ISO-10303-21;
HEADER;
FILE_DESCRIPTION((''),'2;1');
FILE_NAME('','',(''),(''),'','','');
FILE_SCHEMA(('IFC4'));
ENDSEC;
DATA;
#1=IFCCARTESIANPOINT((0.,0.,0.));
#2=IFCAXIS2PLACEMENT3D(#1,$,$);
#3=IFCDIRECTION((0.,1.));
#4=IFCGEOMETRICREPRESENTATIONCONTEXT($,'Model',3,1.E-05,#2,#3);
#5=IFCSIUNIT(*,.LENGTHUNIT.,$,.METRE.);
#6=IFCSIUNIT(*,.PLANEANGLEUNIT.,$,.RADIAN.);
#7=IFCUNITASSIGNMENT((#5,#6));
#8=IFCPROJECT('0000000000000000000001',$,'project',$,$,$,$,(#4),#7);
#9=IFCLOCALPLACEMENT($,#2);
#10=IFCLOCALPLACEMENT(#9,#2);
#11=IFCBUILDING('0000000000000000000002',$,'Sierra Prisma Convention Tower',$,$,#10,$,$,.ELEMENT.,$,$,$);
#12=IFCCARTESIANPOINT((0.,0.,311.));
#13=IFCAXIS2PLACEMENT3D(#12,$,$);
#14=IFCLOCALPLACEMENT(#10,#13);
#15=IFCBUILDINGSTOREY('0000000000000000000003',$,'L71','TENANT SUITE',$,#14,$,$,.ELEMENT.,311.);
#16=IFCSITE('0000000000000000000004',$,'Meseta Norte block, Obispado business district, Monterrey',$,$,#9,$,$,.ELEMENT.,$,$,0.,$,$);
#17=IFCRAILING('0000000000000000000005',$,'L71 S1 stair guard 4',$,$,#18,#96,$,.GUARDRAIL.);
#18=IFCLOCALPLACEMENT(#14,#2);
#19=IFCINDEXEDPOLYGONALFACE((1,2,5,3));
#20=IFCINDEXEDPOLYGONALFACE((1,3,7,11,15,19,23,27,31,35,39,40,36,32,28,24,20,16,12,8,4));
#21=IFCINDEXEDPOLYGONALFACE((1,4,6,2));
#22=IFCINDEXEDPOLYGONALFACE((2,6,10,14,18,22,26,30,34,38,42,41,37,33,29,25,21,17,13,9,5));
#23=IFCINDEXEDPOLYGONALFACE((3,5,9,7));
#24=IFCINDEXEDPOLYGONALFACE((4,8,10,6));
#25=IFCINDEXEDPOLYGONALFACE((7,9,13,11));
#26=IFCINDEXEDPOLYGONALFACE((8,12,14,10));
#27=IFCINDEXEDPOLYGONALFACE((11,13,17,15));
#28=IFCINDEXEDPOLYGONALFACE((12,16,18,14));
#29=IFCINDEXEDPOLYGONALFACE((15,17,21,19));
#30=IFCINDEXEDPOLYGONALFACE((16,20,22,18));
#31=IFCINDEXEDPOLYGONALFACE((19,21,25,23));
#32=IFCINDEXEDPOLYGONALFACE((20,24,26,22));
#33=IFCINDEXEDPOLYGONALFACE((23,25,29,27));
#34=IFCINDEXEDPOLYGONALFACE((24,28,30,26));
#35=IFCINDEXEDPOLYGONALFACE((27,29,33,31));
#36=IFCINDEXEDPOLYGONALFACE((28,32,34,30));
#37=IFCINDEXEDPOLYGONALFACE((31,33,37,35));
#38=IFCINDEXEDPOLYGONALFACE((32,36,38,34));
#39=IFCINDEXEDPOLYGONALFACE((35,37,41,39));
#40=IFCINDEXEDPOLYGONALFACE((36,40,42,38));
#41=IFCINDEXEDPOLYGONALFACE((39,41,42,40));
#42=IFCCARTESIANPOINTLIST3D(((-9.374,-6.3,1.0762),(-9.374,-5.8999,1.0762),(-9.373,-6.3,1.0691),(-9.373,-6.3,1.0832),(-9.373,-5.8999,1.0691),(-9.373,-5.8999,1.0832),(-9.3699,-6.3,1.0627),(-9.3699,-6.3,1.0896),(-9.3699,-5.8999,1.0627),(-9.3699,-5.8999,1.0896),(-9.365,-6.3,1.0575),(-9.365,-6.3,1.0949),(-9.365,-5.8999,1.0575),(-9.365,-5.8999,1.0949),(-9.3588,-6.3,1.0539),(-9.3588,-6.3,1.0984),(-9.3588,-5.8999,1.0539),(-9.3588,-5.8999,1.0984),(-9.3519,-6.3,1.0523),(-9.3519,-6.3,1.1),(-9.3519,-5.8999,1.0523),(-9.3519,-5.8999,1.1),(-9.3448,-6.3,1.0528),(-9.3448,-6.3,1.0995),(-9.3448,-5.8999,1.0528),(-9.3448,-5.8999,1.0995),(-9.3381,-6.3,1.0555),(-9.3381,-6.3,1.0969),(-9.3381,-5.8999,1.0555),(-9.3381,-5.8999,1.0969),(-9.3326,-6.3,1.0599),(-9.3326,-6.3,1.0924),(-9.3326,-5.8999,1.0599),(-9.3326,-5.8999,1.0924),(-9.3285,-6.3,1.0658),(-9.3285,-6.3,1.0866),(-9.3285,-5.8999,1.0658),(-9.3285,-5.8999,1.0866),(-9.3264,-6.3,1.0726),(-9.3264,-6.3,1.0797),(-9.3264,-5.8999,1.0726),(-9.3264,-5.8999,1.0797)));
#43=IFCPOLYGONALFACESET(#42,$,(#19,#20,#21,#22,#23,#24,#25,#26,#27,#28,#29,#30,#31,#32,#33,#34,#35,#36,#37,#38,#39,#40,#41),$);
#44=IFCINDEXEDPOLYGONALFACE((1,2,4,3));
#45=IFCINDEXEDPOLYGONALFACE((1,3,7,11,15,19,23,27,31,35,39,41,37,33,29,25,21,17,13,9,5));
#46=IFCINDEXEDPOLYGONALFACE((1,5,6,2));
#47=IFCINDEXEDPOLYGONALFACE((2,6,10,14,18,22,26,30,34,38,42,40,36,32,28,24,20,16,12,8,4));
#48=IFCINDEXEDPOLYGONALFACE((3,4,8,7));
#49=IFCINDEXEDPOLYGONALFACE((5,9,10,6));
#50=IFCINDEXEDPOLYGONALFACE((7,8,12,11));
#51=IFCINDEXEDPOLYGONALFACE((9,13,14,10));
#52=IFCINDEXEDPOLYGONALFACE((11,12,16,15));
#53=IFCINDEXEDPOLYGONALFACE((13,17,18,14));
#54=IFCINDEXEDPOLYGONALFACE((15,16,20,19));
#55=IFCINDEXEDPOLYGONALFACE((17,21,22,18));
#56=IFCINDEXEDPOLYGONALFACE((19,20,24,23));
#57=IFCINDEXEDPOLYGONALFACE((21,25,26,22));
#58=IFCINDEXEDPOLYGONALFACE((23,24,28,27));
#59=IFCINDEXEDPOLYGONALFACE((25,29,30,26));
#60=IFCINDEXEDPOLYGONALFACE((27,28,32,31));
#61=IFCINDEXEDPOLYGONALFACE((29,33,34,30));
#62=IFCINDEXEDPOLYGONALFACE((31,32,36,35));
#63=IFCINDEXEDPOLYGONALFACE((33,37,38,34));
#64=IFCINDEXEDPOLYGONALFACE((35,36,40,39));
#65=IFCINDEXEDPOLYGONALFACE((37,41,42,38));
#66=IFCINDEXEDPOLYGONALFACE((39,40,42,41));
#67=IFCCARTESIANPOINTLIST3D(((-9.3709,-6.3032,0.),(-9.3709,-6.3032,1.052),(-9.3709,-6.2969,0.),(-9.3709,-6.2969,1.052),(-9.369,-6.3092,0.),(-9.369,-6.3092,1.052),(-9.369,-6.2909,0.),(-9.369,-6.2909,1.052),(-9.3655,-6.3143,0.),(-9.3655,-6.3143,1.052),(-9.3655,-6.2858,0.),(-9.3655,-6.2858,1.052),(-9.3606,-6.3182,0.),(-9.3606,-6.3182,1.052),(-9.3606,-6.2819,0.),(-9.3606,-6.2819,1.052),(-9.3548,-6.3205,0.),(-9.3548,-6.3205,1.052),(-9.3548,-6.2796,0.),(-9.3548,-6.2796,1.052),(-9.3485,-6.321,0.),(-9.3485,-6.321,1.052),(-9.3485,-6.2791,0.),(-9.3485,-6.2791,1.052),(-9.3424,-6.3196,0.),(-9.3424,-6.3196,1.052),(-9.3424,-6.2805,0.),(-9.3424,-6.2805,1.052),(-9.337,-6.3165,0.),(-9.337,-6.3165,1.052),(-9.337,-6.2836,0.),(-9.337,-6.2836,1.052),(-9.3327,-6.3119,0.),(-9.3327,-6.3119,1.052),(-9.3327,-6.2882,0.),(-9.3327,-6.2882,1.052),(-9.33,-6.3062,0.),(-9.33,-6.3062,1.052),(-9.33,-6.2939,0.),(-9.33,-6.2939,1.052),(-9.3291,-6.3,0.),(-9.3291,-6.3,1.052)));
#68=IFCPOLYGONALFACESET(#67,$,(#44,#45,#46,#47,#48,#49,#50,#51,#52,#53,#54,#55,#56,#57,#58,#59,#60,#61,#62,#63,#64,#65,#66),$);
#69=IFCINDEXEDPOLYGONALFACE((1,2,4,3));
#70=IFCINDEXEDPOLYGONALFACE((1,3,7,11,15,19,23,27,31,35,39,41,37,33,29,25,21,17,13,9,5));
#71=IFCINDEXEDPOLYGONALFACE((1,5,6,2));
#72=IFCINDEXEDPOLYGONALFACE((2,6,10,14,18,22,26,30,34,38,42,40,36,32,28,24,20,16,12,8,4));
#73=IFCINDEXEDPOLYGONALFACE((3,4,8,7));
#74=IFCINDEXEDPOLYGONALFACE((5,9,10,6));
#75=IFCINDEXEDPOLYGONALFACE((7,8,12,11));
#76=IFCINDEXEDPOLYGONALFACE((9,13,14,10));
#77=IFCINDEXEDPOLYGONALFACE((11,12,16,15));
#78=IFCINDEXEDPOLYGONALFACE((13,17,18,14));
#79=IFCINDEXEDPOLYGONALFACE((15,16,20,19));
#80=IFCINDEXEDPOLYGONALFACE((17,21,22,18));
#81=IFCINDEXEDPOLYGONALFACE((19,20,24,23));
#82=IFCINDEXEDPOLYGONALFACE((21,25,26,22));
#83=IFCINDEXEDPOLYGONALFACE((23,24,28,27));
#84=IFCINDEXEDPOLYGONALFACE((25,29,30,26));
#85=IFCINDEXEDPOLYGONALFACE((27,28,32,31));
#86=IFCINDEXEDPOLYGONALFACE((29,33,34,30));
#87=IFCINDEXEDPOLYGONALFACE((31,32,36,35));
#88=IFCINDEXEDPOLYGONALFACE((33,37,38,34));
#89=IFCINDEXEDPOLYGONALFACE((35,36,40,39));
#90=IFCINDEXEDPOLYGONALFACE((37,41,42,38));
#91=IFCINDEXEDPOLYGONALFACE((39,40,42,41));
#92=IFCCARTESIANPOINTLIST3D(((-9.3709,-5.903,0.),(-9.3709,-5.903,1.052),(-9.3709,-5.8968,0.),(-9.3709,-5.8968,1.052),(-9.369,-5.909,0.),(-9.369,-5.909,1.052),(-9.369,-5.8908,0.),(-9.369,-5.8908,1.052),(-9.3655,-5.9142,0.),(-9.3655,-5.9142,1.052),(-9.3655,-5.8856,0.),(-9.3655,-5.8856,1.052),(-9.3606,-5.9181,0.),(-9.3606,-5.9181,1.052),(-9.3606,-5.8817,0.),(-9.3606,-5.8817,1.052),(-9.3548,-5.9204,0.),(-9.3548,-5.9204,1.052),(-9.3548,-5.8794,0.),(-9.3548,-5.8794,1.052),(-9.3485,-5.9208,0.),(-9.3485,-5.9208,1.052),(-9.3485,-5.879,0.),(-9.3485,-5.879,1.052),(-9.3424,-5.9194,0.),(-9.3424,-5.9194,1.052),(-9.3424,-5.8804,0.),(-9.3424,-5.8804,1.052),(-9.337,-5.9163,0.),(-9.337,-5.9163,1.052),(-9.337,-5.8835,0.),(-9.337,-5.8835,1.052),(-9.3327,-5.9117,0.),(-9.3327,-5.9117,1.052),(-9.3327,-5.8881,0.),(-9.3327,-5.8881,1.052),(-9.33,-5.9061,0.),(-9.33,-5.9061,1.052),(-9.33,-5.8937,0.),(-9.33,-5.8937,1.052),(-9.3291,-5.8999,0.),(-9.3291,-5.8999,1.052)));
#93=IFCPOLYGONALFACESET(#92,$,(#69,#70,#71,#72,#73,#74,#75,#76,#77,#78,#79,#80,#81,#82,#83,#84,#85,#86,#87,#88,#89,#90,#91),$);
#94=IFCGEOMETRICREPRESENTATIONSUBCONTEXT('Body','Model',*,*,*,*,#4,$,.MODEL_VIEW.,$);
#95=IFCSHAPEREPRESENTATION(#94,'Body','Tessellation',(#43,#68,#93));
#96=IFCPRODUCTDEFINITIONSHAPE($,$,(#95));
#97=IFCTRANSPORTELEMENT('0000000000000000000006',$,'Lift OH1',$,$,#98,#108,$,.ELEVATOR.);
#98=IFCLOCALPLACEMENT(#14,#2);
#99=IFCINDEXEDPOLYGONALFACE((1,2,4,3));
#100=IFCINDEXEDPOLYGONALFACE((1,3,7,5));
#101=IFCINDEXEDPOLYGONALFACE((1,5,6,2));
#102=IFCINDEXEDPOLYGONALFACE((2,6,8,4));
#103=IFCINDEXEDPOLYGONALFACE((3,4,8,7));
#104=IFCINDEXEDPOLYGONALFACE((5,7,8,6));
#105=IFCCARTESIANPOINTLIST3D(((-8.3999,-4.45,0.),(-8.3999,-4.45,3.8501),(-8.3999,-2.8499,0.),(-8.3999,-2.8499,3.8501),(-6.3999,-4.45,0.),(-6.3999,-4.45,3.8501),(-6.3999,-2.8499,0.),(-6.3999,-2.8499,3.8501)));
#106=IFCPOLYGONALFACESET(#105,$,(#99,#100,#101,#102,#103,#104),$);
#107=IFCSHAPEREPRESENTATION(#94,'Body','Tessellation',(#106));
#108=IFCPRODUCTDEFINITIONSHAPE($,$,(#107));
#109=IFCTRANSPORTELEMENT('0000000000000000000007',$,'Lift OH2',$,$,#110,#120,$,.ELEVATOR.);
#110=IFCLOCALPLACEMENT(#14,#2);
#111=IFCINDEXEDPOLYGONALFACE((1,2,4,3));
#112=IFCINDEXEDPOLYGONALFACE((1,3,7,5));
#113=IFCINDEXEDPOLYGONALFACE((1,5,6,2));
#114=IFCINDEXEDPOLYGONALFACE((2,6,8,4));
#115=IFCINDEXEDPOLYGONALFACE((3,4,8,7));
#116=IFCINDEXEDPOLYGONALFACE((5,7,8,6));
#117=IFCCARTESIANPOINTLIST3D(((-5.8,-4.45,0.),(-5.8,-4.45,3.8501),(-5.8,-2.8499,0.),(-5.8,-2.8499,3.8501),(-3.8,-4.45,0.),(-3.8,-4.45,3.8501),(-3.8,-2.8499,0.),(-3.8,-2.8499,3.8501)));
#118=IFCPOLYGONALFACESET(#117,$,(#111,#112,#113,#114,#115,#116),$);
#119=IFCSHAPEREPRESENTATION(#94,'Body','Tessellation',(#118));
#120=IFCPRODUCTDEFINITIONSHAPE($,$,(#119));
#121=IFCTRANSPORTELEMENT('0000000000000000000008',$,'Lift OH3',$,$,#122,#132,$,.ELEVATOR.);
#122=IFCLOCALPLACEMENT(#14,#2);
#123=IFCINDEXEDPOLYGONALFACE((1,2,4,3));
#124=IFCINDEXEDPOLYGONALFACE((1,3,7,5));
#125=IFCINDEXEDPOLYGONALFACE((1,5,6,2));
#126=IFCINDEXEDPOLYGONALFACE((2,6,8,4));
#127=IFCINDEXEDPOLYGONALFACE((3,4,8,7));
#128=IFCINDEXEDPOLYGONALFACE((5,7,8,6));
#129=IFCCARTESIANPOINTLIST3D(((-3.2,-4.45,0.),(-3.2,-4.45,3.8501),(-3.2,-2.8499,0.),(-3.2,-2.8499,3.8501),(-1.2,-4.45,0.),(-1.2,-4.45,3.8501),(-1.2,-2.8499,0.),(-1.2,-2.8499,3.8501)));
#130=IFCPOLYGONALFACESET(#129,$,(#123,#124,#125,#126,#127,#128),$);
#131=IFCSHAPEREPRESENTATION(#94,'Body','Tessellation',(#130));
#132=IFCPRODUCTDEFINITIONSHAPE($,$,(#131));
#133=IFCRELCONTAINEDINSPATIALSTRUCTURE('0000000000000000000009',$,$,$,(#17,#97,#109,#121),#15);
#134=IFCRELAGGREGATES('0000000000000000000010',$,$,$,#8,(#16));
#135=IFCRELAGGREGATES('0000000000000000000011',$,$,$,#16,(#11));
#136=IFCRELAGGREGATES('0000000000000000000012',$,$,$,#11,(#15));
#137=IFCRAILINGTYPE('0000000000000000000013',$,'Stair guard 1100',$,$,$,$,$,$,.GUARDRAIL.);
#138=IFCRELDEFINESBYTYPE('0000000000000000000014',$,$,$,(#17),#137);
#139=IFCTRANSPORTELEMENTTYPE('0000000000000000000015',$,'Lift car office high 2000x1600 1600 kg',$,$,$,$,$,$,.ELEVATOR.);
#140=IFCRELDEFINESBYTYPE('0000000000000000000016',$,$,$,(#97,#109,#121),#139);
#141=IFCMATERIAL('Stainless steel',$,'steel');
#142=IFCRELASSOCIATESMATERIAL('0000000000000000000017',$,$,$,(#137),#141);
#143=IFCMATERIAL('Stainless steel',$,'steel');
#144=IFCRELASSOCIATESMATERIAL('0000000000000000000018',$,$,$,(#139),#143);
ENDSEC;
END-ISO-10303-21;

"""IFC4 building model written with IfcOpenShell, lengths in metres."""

from ifc_helpers import new_model, si_unit, direction, frame, origin, origin_2d, place, context, subcontext, project, spatial, rectangle, circle, extrude, material, type_object, element, save


model = new_model("IFC4")

# Units and contexts
model_context = context("Model", 3, precision=1e-05, world=origin(), true_north=direction((0.0, 1.0)))
body_context = subcontext(model_context, "Body", "Model", "MODEL_VIEW")
ifc_project = project(units=[si_unit("LENGTHUNIT", "METRE"), si_unit("PLANEANGLEUNIT", "RADIAN")], contexts=[model_context])

# Site, building, storey
site_placement = place(None, origin())
site = spatial("IfcSite", under=ifc_project, at=site_placement, Name="Meseta Norte block, Obispado business district, Monterrey", CompositionType="ELEMENT", RefElevation=0.0)
building_placement = place(site_placement, origin())
building = spatial("IfcBuilding", under=site, at=building_placement, Name="Sierra Prisma Convention Tower", CompositionType="ELEMENT")
storey_placement = place(building_placement, frame((0.0, 0.0, 311.0)))
storey = spatial("IfcBuildingStorey", under=building, at=storey_placement, Name="L71", Description="TENANT SUITE", CompositionType="ELEMENT", Elevation=311.0)

# Railing
ifc_material_1 = material(Name="Stainless steel", Category="steel")
railing_type_1 = type_object("IfcRailingType", Name="Stair guard 1100", PredefinedType="GUARDRAIL", material=ifc_material_1)
railing_1_placement = place(storey_placement, frame((-9.3501, -6.3, 0.0)))
element("IfcRailing", 1, at=railing_1_placement, inside=storey, type_object=railing_type_1, Name="L71 S1 stair guard 4", PredefinedType="GUARDRAIL", context=body_context, shape_type="SweptSolid", body=[
    extrude(circle(Radius=0.0239, at=origin_2d()), frame((0.0, 0.0, 1.0762), z_axis=(0.0, 1.0, 0.0), x_axis=(-1.0, 0.0, 0.0)), (0.0, 0.0, 1.0), 0.4001),
    extrude(circle(Radius=0.021, at=origin_2d()), origin(), (0.0, 0.0, 1.0), 1.052),
    extrude(circle(Radius=0.021, at=origin_2d()), frame((0.0, 0.4001, 0.0)), (0.0, 0.0, 1.0), 1.052),
])

# Transport elements
ifc_material_2 = material(Name="Stainless steel", Category="steel")
transport_element_type = type_object("IfcTransportElementType", Name="Lift car office high 2000x1600 1600 kg", PredefinedType="ELEVATOR", material=ifc_material_2)
for number, where, z_axis, x_axis, name in (
    (2, (-7.3999, -3.6499, 0.0), (0.0, 0.0, 1.0), (1.0, 0.0, 0.0), "Lift OH1"),
    (3, (-4.8, -3.6499, 0.0), (0.0, 0.0, 1.0), (1.0, 0.0, 0.0), "Lift OH2"),
    (4, (-2.2, -3.6499, 0.0), (0.0, 0.0, 1.0), (1.0, 0.0, 0.0), "Lift OH3"),
):
    element("IfcTransportElement", number, at=place(storey_placement, frame(where, z_axis=z_axis, x_axis=x_axis)), inside=storey, type_object=transport_element_type, Name=name, PredefinedType="ELEVATOR", context=body_context, shape_type="SweptSolid", body=[
        extrude(rectangle(XDim=2.0, YDim=1.6001, at=origin_2d()), origin(), (0.0, 0.0, 1.0), 3.8501),
    ])

save(model, "model.ifc")
